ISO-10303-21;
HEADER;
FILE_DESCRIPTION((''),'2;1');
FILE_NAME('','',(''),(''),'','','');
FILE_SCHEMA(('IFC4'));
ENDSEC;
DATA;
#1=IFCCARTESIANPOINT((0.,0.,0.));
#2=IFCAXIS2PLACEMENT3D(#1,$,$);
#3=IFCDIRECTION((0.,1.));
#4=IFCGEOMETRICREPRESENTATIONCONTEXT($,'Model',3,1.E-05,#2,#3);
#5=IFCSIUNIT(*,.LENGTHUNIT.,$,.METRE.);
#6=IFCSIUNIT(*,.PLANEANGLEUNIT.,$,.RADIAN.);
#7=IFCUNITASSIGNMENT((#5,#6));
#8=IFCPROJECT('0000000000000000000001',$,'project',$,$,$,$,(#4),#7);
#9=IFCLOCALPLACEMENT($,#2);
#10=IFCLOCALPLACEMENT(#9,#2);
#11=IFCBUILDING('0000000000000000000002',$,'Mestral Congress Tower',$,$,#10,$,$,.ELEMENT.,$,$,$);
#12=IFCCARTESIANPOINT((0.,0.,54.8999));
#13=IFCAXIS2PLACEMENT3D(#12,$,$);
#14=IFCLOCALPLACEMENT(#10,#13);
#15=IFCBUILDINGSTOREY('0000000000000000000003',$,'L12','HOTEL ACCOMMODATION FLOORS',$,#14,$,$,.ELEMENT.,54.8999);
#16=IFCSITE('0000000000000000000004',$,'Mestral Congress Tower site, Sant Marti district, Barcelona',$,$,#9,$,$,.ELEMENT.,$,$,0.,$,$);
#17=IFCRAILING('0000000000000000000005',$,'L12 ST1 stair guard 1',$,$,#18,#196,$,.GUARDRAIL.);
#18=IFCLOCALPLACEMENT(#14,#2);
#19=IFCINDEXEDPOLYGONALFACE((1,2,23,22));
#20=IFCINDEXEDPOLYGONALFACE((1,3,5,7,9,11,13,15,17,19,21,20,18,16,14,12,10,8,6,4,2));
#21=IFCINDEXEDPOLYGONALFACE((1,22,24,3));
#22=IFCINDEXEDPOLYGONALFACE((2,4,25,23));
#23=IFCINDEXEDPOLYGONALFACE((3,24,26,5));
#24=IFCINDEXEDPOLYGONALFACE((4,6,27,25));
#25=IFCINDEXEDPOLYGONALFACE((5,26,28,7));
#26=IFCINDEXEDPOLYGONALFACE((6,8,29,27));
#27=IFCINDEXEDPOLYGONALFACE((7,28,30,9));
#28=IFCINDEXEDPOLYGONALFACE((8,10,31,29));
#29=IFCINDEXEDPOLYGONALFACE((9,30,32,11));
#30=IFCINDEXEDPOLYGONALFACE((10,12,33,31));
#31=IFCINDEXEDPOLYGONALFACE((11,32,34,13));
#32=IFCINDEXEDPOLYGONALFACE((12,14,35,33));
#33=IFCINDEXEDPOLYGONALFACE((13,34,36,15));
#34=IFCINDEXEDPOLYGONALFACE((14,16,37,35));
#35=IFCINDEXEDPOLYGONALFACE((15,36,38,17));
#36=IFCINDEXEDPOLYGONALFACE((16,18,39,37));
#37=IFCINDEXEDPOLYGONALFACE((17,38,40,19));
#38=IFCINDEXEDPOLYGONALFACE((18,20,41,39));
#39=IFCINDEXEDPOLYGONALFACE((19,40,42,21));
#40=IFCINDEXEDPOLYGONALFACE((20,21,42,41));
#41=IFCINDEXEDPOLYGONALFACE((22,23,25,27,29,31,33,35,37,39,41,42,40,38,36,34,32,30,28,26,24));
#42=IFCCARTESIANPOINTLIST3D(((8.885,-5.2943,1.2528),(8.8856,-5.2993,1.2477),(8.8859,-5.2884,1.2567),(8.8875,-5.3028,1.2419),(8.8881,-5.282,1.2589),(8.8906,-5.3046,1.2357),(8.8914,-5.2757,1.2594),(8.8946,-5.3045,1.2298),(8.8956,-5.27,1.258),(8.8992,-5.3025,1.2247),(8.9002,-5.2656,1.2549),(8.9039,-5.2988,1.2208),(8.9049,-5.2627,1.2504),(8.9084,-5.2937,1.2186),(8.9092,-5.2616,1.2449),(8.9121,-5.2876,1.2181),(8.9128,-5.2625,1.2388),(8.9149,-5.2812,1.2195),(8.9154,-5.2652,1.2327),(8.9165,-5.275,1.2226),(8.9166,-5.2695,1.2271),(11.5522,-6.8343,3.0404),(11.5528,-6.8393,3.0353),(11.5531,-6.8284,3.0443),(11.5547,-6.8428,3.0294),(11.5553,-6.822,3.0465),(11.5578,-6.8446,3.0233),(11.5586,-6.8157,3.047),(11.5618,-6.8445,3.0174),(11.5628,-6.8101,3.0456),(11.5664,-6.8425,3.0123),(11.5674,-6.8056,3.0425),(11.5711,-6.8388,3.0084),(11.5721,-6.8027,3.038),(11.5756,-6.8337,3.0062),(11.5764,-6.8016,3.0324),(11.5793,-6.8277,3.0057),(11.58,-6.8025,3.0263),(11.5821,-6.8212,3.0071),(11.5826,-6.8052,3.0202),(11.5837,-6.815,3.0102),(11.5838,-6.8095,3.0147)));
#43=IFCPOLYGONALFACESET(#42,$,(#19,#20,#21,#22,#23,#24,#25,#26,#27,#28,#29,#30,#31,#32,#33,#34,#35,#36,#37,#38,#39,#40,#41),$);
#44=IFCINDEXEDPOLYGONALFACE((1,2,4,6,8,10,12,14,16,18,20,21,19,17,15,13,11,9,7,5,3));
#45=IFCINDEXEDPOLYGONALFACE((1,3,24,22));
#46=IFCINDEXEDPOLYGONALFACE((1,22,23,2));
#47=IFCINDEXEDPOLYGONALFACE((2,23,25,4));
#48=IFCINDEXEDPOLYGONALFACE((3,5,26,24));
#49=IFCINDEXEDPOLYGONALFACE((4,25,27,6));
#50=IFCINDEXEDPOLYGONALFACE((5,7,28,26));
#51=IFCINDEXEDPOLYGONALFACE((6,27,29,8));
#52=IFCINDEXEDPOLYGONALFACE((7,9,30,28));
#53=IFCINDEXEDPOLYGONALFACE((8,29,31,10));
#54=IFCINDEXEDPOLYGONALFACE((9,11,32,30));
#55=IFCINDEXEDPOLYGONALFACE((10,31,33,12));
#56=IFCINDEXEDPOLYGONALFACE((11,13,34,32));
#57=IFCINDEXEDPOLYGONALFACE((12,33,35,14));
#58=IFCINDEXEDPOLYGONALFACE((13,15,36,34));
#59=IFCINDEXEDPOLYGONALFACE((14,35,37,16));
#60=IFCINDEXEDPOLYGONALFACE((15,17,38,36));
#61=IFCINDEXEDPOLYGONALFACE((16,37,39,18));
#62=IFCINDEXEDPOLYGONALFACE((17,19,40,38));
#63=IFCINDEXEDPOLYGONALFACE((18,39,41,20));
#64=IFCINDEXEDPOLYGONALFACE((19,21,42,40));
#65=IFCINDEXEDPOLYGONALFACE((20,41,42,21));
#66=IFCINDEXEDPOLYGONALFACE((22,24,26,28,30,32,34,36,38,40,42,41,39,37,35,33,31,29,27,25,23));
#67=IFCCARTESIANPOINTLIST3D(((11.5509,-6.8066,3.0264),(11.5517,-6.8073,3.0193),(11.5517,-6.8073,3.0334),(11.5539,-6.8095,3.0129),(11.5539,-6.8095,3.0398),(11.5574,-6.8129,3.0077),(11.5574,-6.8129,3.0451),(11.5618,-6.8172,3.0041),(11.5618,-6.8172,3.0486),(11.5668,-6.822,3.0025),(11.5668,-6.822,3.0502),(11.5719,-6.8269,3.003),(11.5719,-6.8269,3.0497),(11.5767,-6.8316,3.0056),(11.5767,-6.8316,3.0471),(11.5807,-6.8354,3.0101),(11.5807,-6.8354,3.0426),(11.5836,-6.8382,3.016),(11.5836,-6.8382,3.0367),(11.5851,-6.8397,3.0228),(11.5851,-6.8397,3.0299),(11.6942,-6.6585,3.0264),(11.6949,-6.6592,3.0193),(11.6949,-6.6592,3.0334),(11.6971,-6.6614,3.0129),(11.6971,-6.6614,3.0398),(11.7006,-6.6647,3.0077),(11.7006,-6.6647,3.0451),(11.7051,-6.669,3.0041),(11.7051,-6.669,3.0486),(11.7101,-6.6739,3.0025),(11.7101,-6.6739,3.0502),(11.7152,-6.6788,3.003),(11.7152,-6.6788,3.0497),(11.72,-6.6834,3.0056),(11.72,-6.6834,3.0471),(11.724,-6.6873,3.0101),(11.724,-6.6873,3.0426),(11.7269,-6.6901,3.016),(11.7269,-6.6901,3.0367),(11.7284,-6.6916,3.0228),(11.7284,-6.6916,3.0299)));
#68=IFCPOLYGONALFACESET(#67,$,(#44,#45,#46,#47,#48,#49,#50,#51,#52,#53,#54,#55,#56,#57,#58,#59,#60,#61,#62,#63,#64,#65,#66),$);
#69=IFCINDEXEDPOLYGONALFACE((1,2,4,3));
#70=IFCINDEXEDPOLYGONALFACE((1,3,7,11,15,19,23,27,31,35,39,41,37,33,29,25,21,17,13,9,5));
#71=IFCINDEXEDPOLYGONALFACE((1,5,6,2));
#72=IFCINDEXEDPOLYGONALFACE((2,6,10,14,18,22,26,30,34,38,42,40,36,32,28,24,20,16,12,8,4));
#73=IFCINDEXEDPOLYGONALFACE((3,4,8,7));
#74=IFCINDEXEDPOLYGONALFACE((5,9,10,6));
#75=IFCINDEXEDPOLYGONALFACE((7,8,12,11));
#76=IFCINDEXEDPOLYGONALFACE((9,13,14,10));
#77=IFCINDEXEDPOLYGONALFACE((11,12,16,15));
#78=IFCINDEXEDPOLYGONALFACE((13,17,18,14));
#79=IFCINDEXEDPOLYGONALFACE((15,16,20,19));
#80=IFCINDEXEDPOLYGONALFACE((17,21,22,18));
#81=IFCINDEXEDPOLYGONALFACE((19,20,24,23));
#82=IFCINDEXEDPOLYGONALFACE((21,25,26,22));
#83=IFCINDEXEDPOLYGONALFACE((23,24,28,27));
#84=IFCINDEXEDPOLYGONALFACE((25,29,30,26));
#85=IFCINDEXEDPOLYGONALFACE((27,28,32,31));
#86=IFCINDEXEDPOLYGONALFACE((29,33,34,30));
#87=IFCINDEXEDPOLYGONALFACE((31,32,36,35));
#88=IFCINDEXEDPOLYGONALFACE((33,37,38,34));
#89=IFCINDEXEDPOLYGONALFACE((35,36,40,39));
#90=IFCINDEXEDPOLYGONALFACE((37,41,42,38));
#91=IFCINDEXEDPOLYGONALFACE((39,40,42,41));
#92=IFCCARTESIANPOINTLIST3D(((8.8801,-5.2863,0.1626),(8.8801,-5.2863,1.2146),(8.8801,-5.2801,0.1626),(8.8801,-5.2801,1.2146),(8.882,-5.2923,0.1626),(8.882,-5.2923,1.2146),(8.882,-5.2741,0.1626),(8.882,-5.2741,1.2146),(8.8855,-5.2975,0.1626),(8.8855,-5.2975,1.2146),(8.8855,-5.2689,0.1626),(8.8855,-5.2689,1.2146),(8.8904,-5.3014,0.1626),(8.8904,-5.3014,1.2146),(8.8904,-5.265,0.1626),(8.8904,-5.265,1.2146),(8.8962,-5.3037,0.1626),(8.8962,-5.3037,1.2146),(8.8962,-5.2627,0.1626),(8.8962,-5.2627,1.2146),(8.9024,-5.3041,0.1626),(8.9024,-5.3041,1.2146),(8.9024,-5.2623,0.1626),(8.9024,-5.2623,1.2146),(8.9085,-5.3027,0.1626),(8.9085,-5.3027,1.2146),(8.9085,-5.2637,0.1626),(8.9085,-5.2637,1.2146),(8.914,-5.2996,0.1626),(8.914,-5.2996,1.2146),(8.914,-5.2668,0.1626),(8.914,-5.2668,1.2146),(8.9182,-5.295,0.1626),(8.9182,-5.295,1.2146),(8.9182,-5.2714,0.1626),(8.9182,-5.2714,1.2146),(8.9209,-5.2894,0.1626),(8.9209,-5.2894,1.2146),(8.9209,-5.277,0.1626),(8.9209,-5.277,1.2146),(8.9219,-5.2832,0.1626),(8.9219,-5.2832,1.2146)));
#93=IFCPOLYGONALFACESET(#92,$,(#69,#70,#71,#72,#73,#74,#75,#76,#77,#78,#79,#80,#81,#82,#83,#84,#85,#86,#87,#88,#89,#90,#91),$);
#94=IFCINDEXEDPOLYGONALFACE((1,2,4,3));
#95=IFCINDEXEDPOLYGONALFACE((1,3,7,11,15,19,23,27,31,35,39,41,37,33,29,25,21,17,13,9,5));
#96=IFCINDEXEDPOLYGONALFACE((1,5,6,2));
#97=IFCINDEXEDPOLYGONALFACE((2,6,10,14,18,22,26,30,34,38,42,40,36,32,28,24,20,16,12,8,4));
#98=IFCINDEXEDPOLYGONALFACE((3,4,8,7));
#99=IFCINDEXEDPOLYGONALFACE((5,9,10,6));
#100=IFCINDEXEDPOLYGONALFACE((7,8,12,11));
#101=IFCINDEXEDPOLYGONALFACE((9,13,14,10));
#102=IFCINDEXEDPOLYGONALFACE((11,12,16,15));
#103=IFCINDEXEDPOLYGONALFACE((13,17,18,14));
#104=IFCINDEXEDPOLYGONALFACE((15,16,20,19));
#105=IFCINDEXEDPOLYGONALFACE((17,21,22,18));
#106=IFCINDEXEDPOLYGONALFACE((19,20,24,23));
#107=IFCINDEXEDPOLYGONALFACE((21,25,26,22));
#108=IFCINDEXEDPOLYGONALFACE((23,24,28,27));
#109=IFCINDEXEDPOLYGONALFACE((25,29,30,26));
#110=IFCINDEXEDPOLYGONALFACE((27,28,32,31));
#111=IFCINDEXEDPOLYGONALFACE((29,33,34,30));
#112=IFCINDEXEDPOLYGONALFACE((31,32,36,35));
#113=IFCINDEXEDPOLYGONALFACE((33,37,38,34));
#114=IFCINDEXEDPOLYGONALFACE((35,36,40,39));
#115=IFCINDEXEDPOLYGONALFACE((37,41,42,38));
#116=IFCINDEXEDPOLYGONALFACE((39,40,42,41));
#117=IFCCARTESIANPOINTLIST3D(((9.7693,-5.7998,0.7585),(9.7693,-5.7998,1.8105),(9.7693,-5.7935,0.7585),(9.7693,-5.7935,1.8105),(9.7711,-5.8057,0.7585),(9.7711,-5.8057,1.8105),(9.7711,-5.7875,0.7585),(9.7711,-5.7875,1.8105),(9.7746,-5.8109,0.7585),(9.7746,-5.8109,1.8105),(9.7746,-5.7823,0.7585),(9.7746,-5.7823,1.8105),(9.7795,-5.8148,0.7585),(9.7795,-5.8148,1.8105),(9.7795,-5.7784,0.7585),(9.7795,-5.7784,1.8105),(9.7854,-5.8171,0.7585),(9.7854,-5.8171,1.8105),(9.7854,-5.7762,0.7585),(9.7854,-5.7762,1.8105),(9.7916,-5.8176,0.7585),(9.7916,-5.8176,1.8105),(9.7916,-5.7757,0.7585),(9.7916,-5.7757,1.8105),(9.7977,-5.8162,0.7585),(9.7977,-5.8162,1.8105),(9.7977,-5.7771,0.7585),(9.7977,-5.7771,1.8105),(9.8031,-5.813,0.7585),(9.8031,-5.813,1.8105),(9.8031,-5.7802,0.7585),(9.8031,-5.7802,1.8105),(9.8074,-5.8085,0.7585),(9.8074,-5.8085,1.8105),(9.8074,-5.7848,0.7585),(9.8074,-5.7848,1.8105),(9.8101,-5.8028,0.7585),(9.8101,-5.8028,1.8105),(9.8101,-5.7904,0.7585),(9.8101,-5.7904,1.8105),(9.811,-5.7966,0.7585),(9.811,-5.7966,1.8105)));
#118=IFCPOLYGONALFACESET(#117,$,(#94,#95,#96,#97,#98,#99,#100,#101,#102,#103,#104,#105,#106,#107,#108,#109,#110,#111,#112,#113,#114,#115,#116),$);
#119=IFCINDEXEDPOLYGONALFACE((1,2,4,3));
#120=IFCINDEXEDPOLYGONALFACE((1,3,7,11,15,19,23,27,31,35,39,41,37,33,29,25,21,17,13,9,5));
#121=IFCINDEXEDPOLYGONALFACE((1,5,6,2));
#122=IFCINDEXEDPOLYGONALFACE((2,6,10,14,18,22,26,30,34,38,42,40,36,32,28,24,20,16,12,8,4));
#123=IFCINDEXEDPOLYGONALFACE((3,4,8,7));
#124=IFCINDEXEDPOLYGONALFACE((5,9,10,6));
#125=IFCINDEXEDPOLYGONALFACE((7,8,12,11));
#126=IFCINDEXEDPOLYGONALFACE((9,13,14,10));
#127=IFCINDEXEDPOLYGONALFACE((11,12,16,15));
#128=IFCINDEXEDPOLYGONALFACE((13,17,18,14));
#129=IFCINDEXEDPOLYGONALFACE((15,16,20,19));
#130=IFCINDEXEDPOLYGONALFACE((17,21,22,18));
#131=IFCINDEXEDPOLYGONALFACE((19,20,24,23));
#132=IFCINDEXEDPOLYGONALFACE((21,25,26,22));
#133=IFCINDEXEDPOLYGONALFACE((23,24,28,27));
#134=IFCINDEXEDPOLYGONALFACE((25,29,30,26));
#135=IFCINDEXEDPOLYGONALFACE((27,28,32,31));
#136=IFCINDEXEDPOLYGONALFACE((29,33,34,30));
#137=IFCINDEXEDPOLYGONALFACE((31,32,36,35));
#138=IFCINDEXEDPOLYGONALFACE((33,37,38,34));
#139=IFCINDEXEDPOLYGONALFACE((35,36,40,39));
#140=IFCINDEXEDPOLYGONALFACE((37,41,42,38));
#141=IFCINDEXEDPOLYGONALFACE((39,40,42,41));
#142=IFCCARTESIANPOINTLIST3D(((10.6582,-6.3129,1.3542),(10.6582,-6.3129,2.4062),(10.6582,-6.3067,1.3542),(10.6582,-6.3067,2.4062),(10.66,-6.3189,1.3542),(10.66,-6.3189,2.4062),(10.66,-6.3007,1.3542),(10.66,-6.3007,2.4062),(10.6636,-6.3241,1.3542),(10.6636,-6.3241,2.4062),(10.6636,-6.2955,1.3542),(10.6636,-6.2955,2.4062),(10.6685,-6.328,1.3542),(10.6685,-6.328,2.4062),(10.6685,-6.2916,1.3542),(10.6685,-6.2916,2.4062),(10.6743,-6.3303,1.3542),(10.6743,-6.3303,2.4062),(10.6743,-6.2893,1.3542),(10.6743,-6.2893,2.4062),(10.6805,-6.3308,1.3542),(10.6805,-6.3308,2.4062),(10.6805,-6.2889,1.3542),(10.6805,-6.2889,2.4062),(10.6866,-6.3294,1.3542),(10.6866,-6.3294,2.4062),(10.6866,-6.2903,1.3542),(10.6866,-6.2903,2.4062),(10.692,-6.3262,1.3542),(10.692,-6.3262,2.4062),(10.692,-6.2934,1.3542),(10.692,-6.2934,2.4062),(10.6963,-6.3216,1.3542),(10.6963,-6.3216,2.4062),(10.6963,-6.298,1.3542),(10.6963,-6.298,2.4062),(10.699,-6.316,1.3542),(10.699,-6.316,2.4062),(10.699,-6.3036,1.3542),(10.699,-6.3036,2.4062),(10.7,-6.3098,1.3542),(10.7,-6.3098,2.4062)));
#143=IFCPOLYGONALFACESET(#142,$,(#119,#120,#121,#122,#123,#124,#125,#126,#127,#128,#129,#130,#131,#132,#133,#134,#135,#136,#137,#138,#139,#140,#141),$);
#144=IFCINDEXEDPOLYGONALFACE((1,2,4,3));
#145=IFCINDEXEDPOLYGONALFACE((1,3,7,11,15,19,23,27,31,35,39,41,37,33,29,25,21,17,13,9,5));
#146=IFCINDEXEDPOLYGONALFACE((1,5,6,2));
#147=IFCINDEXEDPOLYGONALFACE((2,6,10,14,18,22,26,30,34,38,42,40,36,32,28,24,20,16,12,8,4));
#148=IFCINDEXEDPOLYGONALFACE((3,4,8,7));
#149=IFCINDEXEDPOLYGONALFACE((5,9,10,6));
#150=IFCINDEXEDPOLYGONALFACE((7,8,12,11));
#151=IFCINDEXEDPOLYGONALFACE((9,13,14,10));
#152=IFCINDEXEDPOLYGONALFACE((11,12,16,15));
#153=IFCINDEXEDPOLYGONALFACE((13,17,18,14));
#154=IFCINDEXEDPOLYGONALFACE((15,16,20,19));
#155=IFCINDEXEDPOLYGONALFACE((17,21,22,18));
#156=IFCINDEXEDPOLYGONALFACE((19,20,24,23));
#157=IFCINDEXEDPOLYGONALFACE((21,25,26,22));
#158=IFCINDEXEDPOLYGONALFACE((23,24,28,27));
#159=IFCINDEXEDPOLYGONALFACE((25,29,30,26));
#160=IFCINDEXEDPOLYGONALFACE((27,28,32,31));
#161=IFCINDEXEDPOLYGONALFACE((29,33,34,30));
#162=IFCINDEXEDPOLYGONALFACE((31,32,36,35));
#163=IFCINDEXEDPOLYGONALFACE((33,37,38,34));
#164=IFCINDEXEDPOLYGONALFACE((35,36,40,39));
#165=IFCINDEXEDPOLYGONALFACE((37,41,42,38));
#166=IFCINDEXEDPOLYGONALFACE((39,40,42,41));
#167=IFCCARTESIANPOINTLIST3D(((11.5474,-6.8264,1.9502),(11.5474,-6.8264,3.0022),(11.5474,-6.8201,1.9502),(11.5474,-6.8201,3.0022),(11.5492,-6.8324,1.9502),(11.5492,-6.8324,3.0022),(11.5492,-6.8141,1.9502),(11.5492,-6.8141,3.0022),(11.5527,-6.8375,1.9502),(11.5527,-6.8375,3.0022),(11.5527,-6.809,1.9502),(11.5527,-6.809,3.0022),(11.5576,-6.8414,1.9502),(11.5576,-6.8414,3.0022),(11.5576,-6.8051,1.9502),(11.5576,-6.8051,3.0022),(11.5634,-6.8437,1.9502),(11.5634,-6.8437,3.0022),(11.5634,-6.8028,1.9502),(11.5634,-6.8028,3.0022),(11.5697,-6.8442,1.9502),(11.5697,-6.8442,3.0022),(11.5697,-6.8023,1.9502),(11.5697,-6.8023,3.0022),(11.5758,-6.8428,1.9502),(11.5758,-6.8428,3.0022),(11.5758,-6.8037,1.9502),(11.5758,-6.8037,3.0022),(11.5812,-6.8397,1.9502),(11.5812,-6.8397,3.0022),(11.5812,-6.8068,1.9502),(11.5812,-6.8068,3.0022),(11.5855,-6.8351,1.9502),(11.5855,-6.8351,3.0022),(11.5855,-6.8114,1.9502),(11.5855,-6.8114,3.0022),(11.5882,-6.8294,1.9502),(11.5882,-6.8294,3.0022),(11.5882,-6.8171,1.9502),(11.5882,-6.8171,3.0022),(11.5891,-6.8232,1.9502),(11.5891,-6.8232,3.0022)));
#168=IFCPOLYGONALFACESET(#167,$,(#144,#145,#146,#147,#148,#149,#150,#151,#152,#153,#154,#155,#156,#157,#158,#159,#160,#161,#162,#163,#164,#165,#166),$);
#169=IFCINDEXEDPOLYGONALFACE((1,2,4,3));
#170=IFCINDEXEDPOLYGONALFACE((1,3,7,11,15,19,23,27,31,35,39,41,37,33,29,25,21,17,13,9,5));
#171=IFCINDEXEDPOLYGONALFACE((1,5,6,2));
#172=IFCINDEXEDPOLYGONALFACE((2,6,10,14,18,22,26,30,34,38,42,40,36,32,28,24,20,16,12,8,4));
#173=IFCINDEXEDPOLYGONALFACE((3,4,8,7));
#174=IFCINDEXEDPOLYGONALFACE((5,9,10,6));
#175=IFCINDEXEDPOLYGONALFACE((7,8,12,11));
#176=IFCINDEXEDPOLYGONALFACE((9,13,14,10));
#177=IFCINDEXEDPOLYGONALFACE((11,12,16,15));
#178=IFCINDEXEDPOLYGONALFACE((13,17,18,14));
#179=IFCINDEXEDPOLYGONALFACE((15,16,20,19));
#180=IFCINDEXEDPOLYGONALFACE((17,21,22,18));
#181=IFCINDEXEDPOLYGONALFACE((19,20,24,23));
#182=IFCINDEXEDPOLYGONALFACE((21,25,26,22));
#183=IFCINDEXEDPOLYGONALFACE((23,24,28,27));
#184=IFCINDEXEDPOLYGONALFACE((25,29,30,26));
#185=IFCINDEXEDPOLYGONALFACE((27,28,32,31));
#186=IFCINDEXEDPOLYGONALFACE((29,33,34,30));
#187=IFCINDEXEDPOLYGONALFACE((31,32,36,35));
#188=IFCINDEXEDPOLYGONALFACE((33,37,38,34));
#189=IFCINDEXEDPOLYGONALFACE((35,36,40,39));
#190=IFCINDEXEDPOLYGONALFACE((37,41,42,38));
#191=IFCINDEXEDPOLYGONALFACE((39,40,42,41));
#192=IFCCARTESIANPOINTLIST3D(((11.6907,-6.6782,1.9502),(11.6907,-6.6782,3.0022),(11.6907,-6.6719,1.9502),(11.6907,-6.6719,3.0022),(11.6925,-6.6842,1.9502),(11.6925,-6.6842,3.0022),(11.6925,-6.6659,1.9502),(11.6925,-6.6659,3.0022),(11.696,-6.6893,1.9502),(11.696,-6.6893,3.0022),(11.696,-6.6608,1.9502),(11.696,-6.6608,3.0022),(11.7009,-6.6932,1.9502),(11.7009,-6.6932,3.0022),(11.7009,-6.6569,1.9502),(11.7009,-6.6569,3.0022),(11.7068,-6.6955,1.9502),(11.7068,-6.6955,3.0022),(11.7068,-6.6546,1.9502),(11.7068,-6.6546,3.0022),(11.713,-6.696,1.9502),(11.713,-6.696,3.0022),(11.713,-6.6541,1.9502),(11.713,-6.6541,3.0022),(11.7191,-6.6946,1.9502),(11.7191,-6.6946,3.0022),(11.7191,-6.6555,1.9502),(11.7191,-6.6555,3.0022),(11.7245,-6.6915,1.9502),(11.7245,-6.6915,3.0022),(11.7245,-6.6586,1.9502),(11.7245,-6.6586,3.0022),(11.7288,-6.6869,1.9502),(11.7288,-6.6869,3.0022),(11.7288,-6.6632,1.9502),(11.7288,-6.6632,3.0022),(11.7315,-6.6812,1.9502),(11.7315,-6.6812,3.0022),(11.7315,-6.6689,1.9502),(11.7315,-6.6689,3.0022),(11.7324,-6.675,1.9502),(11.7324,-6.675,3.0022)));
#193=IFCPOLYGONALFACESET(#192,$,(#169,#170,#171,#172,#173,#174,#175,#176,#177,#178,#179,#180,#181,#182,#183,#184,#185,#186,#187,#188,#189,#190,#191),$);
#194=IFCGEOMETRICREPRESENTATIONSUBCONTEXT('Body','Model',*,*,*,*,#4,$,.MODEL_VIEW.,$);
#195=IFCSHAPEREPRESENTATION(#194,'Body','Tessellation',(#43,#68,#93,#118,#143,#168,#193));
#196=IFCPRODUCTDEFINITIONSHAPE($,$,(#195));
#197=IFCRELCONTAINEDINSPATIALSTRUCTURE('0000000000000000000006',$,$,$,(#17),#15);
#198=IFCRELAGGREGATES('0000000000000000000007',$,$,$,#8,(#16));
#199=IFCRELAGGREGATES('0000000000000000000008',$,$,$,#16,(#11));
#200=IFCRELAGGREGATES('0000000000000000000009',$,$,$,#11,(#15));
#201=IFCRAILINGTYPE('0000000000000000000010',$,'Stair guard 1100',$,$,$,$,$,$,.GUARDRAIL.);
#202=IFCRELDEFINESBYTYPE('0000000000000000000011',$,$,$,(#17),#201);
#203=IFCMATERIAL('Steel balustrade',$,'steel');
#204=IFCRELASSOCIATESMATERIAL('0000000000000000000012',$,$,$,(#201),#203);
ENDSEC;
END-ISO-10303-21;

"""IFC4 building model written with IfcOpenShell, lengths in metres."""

from ifc_helpers import new_model, si_unit, direction, frame, origin, origin_2d, place, context, subcontext, project, spatial, circle, extrude, material, type_object, element, save


model = new_model("IFC4")

# Units and contexts
model_context = context("Model", 3, precision=1e-05, world=origin(), true_north=direction((0.0, 1.0)))
body_context = subcontext(model_context, "Body", "Model", "MODEL_VIEW")
ifc_project = project(units=[si_unit("LENGTHUNIT", "METRE"), si_unit("PLANEANGLEUNIT", "RADIAN")], contexts=[model_context])

# Site, building, storey
site_placement = place(None, origin())
site = spatial("IfcSite", under=ifc_project, at=site_placement, Name="Mestral Congress Tower site, Sant Marti district, Barcelona", CompositionType="ELEMENT", RefElevation=0.0)
building_placement = place(site_placement, origin())
building = spatial("IfcBuilding", under=site, at=building_placement, Name="Mestral Congress Tower", CompositionType="ELEMENT")
storey_placement = place(building_placement, frame((0.0, 0.0, 54.8999)))
storey = spatial("IfcBuildingStorey", under=building, at=storey_placement, Name="L12", Description="HOTEL ACCOMMODATION FLOORS", CompositionType="ELEMENT", Elevation=54.8999)

# Railing
ifc_material_1 = material(Name="Steel balustrade", Category="steel")
railing_type_1 = type_object("IfcRailingType", Name="Stair guard 1100", PredefinedType="GUARDRAIL", material=ifc_material_1)
railing_1_placement = place(storey_placement, frame((8.9009, -5.2832, 0.1626)))
element("IfcRailing", 1, at=railing_1_placement, inside=storey, type_object=railing_type_1, Name="L12 ST1 stair guard 1", PredefinedType="GUARDRAIL", context=body_context, shape_type="SweptSolid", body=[
    extrude(circle(Radius=0.0239, at=origin_2d()), frame((0.0, 0.0, 1.0762), z_axis=(0.748994, -0.432463, 0.50198), x_axis=(0.500027, 0.86601, 0.0)), (0.0, 0.0, 1.0), 3.561),
    extrude(circle(Radius=0.0239, at=origin_2d()), frame((2.6672, -1.54, 2.8638), z_axis=(0.695165, 0.71885, 0.0), x_axis=(-0.71885, 0.695165, 0.0)), (0.0, 0.0, 1.0), 0.2061),
    extrude(circle(Radius=0.021, at=origin_2d()), origin(), (0.0, 0.0, 1.0), 1.052),
    extrude(circle(Radius=0.021, at=origin_2d()), frame((0.8892, -0.5134, 0.5959)), (0.0, 0.0, 1.0), 1.052),
    extrude(circle(Radius=0.021, at=origin_2d()), frame((1.7781, -1.0266, 1.1917)), (0.0, 0.0, 1.0), 1.052),
    extrude(circle(Radius=0.021, at=origin_2d()), frame((2.6672, -1.54, 1.7876)), (0.0, 0.0, 1.0), 1.052),
    extrude(circle(Radius=0.021, at=origin_2d()), frame((2.8105, -1.3918, 1.7876)), (0.0, 0.0, 1.0), 1.052),
])

save(model, "model.ifc")
